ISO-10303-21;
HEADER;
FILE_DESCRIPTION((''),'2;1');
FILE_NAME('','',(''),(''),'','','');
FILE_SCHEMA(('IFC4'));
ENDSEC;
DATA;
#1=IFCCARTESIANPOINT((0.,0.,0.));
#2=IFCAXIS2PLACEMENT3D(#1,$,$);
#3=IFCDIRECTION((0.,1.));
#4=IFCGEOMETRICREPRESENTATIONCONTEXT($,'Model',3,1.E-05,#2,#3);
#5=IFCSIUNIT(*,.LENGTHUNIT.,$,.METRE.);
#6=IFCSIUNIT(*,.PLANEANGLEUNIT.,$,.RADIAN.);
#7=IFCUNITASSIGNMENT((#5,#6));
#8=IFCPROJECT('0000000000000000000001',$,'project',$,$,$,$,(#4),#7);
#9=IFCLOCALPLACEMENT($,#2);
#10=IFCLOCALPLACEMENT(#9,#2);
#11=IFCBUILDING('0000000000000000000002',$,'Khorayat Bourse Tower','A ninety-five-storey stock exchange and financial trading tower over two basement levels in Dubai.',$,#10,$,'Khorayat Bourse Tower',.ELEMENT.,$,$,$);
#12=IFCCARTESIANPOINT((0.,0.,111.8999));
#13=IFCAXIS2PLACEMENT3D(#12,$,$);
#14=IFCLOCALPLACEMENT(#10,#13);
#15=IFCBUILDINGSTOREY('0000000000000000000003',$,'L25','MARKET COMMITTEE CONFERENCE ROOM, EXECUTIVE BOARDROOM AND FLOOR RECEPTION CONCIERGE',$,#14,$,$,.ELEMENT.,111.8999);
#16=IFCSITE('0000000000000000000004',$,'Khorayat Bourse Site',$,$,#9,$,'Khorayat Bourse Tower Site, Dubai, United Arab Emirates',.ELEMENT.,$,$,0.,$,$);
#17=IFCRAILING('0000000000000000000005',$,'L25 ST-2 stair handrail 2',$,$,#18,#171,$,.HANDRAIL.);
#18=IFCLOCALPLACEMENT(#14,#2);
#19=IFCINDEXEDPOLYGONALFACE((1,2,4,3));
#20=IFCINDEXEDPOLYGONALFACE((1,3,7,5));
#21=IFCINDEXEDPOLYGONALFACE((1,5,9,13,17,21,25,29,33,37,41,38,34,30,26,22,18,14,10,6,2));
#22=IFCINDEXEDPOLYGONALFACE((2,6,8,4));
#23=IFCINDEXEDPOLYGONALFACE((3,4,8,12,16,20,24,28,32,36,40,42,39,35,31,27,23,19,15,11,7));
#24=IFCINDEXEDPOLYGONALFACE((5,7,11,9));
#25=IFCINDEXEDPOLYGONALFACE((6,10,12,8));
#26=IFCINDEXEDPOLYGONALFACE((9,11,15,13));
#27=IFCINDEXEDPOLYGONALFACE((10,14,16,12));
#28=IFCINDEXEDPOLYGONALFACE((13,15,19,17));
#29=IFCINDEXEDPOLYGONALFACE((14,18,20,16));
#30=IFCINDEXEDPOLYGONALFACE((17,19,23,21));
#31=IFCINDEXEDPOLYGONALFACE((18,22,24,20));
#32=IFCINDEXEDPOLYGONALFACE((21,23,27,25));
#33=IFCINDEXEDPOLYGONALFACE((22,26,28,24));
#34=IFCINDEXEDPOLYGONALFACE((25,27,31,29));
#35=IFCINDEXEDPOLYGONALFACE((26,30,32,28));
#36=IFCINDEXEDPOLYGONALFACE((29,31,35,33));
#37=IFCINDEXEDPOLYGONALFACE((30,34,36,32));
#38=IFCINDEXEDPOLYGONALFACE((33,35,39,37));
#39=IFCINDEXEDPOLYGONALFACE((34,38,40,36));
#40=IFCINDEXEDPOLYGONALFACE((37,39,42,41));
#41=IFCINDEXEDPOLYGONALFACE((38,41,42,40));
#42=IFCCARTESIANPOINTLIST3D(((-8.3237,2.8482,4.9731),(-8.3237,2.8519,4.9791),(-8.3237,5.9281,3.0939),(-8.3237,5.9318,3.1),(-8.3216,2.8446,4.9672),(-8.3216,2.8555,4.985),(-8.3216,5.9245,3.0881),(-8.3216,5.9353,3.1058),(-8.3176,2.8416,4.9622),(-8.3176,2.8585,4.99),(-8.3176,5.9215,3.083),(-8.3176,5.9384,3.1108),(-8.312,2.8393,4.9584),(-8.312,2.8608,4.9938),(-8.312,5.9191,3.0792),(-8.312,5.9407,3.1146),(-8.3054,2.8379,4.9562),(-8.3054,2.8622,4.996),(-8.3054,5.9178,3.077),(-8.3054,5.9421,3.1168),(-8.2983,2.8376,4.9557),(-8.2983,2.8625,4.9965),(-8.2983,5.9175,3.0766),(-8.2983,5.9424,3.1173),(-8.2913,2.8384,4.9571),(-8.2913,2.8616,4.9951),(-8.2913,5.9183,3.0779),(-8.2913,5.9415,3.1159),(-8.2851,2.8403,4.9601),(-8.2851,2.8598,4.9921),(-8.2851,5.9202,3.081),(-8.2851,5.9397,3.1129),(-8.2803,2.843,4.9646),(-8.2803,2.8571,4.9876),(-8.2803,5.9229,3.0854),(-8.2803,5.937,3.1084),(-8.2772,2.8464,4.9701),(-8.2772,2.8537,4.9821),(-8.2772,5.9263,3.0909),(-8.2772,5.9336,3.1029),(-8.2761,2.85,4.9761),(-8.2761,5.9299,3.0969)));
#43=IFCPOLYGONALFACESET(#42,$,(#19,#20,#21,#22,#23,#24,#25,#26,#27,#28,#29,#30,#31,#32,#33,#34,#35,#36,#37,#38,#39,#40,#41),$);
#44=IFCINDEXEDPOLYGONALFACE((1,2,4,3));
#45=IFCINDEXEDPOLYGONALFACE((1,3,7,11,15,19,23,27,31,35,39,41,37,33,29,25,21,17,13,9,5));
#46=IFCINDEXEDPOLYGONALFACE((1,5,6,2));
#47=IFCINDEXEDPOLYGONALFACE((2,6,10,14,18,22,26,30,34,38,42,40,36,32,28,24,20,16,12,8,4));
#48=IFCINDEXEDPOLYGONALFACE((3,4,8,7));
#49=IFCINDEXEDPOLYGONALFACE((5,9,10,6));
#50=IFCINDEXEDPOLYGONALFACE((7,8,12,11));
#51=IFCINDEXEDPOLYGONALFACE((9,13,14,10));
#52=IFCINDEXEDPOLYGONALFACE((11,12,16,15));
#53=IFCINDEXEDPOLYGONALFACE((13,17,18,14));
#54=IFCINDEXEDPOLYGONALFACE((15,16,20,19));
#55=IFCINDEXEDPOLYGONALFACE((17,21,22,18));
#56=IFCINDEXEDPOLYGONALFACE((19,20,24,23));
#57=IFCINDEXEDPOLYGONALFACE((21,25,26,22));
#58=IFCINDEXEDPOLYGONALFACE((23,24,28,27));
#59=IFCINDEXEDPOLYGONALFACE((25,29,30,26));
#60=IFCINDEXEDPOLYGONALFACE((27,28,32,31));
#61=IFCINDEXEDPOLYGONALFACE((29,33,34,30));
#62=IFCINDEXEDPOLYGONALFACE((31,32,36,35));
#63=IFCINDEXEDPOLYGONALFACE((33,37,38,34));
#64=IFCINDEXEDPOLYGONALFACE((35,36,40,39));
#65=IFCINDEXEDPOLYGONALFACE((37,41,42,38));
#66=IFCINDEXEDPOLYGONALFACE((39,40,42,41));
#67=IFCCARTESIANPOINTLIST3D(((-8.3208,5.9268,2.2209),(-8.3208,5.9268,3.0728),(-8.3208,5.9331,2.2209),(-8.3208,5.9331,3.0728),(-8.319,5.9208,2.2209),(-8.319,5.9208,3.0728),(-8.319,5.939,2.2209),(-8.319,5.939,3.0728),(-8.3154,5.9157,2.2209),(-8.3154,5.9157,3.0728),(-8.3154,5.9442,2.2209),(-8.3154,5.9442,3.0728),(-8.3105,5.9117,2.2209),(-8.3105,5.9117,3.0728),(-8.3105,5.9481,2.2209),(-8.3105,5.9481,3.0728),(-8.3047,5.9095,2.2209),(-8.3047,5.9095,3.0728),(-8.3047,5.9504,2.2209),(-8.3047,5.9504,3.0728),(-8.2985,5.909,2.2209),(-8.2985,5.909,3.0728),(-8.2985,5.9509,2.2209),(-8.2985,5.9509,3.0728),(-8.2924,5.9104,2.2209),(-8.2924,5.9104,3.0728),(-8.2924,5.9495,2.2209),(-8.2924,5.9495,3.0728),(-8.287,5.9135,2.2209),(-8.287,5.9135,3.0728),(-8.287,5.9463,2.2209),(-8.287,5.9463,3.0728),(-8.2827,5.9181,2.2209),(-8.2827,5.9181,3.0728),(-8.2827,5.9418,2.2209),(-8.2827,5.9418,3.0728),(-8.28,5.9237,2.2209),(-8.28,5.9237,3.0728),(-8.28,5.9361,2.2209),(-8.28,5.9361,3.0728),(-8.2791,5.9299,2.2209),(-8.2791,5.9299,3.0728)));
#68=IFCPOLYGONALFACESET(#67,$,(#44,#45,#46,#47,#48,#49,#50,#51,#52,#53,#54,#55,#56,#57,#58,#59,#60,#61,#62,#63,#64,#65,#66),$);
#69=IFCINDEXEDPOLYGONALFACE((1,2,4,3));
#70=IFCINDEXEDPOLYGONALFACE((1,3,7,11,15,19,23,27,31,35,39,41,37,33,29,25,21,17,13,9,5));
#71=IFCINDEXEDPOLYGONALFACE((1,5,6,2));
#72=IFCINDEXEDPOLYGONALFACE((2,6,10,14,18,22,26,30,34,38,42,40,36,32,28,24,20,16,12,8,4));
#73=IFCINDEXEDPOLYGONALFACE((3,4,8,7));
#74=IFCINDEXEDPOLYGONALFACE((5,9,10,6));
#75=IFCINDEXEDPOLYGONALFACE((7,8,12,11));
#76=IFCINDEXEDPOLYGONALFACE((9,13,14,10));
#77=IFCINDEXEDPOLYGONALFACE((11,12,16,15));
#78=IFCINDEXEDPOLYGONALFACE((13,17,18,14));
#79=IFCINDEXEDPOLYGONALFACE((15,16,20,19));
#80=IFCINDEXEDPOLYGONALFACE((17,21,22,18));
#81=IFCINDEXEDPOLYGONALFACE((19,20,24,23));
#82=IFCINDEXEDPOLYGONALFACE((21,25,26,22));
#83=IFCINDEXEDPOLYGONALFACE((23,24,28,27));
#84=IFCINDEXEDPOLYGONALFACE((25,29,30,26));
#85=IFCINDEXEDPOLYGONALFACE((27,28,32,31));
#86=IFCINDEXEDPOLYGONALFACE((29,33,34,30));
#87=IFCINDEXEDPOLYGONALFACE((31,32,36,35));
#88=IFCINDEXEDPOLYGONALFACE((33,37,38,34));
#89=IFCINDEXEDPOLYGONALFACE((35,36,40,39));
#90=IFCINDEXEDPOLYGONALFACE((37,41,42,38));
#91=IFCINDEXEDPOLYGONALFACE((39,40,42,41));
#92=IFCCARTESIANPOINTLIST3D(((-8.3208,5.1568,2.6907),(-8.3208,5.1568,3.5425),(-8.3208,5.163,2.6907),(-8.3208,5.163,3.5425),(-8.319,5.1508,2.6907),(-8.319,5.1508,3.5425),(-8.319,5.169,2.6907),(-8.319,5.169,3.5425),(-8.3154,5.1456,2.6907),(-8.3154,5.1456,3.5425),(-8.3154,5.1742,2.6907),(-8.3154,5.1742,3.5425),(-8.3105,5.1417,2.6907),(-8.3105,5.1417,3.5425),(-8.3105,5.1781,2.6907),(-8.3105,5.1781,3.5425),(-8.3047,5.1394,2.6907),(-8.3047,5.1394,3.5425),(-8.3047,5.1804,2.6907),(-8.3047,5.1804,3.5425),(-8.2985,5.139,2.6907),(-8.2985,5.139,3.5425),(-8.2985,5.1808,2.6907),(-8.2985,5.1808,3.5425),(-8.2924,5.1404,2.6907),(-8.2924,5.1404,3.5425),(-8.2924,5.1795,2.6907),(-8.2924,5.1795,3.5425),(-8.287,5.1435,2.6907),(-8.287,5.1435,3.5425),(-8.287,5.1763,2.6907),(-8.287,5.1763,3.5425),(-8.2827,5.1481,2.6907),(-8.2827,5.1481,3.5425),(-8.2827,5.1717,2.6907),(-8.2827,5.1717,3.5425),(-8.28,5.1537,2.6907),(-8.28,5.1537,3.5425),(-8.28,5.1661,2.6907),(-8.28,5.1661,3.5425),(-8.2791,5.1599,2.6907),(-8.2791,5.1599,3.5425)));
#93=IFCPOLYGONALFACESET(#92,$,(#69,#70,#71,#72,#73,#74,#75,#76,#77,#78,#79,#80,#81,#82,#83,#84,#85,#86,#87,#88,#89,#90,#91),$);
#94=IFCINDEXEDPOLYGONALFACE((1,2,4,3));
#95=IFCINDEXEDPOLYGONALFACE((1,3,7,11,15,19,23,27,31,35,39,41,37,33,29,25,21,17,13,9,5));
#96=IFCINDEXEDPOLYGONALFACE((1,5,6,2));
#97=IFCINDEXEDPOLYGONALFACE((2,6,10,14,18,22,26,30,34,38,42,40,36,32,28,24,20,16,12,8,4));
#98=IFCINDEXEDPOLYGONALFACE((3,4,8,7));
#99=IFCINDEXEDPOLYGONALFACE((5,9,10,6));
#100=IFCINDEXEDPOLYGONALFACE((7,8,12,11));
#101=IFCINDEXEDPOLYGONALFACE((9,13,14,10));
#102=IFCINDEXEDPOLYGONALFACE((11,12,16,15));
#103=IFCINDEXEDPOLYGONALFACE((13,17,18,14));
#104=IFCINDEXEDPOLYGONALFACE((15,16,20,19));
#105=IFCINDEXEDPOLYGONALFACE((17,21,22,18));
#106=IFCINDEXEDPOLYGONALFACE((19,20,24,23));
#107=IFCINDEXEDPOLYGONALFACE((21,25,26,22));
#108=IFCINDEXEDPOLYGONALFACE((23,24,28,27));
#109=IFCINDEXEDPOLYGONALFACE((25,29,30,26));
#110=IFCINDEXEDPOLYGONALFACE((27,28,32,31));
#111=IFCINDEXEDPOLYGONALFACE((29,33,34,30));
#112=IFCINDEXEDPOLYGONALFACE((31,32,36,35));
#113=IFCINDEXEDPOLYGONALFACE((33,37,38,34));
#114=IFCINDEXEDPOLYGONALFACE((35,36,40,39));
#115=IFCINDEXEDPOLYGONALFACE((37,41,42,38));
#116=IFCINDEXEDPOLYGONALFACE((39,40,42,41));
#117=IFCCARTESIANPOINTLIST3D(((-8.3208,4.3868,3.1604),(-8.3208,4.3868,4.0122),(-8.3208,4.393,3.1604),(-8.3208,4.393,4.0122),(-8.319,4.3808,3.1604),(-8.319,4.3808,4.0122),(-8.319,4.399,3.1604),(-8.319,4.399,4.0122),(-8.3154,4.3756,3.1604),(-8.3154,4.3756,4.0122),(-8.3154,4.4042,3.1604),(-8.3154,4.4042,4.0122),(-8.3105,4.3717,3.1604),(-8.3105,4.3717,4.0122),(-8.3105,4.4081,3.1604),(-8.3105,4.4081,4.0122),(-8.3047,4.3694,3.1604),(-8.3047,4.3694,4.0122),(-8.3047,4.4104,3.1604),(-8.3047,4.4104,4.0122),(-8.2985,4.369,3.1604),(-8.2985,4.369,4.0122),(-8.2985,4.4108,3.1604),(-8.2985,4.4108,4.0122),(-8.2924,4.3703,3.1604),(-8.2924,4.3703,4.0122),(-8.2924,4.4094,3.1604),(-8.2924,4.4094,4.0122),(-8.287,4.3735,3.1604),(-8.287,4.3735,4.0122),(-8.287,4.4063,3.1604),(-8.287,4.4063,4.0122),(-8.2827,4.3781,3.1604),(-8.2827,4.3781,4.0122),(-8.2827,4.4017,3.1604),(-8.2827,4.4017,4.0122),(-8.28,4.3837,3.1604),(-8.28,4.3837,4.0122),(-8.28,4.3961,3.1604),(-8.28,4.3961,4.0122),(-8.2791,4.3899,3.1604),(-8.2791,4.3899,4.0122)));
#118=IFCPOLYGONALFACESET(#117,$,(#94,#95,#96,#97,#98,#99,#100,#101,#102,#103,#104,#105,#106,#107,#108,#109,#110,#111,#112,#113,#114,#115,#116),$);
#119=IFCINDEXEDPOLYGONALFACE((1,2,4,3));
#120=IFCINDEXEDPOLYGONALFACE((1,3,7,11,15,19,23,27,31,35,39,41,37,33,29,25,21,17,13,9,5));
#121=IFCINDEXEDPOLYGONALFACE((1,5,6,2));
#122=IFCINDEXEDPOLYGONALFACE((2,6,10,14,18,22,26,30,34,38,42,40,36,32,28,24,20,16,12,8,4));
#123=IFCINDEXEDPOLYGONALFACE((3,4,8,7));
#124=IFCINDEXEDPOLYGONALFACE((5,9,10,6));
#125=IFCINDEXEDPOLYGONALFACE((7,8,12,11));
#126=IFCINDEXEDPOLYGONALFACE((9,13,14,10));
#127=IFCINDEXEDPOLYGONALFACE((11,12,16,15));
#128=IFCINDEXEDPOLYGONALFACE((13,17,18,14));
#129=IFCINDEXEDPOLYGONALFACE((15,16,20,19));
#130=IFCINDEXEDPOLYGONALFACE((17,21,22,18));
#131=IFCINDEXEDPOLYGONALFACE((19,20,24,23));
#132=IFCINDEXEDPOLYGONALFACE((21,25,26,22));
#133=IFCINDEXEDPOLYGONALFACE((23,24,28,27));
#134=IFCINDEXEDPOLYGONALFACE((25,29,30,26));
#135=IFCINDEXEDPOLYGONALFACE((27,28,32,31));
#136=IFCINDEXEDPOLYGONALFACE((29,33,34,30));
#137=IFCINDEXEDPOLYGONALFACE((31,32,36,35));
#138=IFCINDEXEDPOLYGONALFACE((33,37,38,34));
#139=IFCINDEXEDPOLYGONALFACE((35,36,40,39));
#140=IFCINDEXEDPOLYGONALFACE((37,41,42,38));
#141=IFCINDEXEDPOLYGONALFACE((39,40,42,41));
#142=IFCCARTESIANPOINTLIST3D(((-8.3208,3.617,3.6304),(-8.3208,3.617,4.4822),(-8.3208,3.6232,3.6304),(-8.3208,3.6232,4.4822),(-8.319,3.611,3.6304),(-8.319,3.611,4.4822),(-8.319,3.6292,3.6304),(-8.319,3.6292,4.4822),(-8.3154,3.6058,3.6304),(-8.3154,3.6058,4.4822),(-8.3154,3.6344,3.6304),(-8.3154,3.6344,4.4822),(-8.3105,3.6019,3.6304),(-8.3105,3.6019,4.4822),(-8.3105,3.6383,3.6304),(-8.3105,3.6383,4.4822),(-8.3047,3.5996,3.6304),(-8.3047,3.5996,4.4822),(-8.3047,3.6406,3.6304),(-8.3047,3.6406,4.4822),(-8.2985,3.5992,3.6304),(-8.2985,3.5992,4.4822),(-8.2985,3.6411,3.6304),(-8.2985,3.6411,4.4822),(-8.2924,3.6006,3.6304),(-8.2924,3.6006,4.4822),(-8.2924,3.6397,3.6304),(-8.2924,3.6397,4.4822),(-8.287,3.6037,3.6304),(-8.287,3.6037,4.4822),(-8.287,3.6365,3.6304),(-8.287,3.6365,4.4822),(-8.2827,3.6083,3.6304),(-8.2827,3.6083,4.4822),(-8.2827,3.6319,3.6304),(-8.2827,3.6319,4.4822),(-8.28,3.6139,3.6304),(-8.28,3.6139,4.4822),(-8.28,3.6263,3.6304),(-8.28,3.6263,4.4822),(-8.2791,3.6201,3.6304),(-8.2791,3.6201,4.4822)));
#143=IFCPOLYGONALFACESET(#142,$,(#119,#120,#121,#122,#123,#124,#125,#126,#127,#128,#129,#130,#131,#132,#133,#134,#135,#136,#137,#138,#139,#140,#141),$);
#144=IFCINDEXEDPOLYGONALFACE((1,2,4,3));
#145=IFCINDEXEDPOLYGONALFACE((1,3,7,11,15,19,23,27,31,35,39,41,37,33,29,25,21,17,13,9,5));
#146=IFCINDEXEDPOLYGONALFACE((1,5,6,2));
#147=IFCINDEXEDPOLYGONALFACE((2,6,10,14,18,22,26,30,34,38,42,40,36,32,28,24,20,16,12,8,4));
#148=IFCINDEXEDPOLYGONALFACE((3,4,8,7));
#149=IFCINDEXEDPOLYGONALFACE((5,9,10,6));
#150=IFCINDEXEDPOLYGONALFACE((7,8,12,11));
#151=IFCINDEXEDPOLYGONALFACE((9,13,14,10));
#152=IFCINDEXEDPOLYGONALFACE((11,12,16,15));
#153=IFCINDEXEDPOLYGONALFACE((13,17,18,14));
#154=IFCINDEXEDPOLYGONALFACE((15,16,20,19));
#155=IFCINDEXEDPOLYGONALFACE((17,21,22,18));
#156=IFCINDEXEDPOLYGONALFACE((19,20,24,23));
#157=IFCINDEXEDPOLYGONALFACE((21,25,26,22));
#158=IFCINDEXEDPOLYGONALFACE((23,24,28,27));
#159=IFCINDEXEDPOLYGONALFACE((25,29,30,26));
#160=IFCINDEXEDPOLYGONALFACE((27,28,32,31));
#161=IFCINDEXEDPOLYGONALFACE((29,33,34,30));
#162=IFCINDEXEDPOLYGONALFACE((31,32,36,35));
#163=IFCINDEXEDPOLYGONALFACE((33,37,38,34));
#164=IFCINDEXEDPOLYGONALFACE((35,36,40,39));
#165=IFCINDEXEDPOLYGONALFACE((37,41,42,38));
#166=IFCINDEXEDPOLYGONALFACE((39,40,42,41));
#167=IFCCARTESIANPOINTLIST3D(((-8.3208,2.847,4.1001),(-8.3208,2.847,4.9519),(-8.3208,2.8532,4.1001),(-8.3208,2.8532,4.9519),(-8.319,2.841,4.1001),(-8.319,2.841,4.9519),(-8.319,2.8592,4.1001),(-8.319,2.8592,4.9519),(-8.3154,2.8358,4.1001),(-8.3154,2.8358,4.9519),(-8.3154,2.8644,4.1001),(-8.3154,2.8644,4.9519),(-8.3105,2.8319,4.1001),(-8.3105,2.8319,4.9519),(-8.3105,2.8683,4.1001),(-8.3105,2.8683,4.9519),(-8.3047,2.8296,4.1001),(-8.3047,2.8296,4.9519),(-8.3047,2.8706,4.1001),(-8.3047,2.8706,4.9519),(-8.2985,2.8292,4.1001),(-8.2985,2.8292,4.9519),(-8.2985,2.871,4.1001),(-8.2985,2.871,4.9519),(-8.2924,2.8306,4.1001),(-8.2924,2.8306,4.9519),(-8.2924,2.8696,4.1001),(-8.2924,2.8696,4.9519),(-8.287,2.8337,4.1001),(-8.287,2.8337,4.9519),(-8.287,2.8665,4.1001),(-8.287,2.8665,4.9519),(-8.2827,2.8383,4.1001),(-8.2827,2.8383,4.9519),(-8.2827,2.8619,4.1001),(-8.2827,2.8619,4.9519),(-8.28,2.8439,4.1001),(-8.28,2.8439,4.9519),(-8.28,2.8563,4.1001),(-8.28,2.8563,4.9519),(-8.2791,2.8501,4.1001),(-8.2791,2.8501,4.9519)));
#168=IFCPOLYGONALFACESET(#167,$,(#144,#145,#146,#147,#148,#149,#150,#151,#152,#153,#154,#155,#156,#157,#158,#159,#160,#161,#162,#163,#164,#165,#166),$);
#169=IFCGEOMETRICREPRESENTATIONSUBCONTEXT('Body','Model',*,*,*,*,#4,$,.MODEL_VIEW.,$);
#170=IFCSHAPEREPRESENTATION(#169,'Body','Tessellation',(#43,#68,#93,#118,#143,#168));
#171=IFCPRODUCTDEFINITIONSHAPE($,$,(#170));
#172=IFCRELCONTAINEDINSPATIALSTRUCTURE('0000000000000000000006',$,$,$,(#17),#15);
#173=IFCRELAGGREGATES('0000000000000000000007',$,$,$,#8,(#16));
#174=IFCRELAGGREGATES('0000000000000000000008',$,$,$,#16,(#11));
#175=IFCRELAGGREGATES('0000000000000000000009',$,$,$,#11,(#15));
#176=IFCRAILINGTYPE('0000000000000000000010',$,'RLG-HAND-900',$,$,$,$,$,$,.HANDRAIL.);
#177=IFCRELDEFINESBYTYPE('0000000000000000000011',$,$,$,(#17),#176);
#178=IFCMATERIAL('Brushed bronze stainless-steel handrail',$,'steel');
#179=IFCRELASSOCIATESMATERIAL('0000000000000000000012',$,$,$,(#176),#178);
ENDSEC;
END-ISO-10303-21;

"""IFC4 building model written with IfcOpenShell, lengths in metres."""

from ifc_helpers import new_model, si_unit, direction, frame, origin, origin_2d, place, context, subcontext, project, spatial, circle, extrude, source, transform, mapped, material, type_object, element, save


model = new_model("IFC4")

# Units and contexts
model_context = context("Model", 3, precision=1e-05, world=origin(), true_north=direction((0.0, 1.0)))
body_context = subcontext(model_context, "Body", "Model", "MODEL_VIEW")
ifc_project = project(units=[si_unit("LENGTHUNIT", "METRE"), si_unit("PLANEANGLEUNIT", "RADIAN")], contexts=[model_context])

# Site, building, storey
site_placement = place(None, origin())
site = spatial("IfcSite", under=ifc_project, at=site_placement, Name="Khorayat Bourse Site", LongName="Khorayat Bourse Tower Site, Dubai, United Arab Emirates", CompositionType="ELEMENT", RefElevation=0.0)
building_placement = place(site_placement, origin())
building = spatial("IfcBuilding", under=site, at=building_placement, Name="Khorayat Bourse Tower", Description="A ninety-five-storey stock exchange and financial trading tower over two basement levels in Dubai.", LongName="Khorayat Bourse Tower", CompositionType="ELEMENT")
storey_placement = place(building_placement, frame((0.0, 0.0, 111.8999)))
storey = spatial("IfcBuildingStorey", under=building, at=storey_placement, Name="L25", Description="MARKET COMMITTEE CONFERENCE ROOM, EXECUTIVE BOARDROOM AND FLOOR RECEPTION CONCIERGE", CompositionType="ELEMENT", Elevation=111.8999)

# Railing
ifc_material_1 = material(Name="Brushed bronze stainless-steel handrail", Category="steel")
railing_type_1 = type_object("IfcRailingType", Name="RLG-HAND-900", PredefinedType="HANDRAIL", material=ifc_material_1)
shared_shape_1 = source(origin(), body_context, "Body", "SweptSolid", [
    extrude(circle(Radius=0.0239, at=origin_2d()), frame((0.0, 0.0, 0.876), z_axis=(0.0, -0.853648, 0.52085), x_axis=(1.0, 0.0, 0.0)), (0.0, 0.0, 1.0), 3.6079),
    extrude(circle(Radius=0.021, at=origin_2d()), origin(), (0.0, 0.0, 1.0), 0.8518),
    extrude(circle(Radius=0.021, at=origin_2d()), frame((0.0, -0.77, 0.4697)), (0.0, 0.0, 1.0), 0.8518),
    extrude(circle(Radius=0.021, at=origin_2d()), frame((0.0, -1.54, 0.9395)), (0.0, 0.0, 1.0), 0.8518),
    extrude(circle(Radius=0.021, at=origin_2d()), frame((0.0, -2.3098, 1.4094)), (0.0, 0.0, 1.0), 0.8518),
    extrude(circle(Radius=0.021, at=origin_2d()), frame((0.0, -3.0798, 1.8792)), (0.0, 0.0, 1.0), 0.8518),
])
railing_1_placement = place(storey_placement, frame((-8.3, 5.9299, 2.2209)))
element("IfcRailing", 1, at=railing_1_placement, inside=storey, type_object=railing_type_1, Name="L25 ST-2 stair handrail 2", PredefinedType="HANDRAIL", context=body_context, shape_type="MappedRepresentation", body=[
    mapped(shared_shape_1, transform((0.0, 0.0, 0.0), scale=1.0)),
])

save(model, "model.ifc")
